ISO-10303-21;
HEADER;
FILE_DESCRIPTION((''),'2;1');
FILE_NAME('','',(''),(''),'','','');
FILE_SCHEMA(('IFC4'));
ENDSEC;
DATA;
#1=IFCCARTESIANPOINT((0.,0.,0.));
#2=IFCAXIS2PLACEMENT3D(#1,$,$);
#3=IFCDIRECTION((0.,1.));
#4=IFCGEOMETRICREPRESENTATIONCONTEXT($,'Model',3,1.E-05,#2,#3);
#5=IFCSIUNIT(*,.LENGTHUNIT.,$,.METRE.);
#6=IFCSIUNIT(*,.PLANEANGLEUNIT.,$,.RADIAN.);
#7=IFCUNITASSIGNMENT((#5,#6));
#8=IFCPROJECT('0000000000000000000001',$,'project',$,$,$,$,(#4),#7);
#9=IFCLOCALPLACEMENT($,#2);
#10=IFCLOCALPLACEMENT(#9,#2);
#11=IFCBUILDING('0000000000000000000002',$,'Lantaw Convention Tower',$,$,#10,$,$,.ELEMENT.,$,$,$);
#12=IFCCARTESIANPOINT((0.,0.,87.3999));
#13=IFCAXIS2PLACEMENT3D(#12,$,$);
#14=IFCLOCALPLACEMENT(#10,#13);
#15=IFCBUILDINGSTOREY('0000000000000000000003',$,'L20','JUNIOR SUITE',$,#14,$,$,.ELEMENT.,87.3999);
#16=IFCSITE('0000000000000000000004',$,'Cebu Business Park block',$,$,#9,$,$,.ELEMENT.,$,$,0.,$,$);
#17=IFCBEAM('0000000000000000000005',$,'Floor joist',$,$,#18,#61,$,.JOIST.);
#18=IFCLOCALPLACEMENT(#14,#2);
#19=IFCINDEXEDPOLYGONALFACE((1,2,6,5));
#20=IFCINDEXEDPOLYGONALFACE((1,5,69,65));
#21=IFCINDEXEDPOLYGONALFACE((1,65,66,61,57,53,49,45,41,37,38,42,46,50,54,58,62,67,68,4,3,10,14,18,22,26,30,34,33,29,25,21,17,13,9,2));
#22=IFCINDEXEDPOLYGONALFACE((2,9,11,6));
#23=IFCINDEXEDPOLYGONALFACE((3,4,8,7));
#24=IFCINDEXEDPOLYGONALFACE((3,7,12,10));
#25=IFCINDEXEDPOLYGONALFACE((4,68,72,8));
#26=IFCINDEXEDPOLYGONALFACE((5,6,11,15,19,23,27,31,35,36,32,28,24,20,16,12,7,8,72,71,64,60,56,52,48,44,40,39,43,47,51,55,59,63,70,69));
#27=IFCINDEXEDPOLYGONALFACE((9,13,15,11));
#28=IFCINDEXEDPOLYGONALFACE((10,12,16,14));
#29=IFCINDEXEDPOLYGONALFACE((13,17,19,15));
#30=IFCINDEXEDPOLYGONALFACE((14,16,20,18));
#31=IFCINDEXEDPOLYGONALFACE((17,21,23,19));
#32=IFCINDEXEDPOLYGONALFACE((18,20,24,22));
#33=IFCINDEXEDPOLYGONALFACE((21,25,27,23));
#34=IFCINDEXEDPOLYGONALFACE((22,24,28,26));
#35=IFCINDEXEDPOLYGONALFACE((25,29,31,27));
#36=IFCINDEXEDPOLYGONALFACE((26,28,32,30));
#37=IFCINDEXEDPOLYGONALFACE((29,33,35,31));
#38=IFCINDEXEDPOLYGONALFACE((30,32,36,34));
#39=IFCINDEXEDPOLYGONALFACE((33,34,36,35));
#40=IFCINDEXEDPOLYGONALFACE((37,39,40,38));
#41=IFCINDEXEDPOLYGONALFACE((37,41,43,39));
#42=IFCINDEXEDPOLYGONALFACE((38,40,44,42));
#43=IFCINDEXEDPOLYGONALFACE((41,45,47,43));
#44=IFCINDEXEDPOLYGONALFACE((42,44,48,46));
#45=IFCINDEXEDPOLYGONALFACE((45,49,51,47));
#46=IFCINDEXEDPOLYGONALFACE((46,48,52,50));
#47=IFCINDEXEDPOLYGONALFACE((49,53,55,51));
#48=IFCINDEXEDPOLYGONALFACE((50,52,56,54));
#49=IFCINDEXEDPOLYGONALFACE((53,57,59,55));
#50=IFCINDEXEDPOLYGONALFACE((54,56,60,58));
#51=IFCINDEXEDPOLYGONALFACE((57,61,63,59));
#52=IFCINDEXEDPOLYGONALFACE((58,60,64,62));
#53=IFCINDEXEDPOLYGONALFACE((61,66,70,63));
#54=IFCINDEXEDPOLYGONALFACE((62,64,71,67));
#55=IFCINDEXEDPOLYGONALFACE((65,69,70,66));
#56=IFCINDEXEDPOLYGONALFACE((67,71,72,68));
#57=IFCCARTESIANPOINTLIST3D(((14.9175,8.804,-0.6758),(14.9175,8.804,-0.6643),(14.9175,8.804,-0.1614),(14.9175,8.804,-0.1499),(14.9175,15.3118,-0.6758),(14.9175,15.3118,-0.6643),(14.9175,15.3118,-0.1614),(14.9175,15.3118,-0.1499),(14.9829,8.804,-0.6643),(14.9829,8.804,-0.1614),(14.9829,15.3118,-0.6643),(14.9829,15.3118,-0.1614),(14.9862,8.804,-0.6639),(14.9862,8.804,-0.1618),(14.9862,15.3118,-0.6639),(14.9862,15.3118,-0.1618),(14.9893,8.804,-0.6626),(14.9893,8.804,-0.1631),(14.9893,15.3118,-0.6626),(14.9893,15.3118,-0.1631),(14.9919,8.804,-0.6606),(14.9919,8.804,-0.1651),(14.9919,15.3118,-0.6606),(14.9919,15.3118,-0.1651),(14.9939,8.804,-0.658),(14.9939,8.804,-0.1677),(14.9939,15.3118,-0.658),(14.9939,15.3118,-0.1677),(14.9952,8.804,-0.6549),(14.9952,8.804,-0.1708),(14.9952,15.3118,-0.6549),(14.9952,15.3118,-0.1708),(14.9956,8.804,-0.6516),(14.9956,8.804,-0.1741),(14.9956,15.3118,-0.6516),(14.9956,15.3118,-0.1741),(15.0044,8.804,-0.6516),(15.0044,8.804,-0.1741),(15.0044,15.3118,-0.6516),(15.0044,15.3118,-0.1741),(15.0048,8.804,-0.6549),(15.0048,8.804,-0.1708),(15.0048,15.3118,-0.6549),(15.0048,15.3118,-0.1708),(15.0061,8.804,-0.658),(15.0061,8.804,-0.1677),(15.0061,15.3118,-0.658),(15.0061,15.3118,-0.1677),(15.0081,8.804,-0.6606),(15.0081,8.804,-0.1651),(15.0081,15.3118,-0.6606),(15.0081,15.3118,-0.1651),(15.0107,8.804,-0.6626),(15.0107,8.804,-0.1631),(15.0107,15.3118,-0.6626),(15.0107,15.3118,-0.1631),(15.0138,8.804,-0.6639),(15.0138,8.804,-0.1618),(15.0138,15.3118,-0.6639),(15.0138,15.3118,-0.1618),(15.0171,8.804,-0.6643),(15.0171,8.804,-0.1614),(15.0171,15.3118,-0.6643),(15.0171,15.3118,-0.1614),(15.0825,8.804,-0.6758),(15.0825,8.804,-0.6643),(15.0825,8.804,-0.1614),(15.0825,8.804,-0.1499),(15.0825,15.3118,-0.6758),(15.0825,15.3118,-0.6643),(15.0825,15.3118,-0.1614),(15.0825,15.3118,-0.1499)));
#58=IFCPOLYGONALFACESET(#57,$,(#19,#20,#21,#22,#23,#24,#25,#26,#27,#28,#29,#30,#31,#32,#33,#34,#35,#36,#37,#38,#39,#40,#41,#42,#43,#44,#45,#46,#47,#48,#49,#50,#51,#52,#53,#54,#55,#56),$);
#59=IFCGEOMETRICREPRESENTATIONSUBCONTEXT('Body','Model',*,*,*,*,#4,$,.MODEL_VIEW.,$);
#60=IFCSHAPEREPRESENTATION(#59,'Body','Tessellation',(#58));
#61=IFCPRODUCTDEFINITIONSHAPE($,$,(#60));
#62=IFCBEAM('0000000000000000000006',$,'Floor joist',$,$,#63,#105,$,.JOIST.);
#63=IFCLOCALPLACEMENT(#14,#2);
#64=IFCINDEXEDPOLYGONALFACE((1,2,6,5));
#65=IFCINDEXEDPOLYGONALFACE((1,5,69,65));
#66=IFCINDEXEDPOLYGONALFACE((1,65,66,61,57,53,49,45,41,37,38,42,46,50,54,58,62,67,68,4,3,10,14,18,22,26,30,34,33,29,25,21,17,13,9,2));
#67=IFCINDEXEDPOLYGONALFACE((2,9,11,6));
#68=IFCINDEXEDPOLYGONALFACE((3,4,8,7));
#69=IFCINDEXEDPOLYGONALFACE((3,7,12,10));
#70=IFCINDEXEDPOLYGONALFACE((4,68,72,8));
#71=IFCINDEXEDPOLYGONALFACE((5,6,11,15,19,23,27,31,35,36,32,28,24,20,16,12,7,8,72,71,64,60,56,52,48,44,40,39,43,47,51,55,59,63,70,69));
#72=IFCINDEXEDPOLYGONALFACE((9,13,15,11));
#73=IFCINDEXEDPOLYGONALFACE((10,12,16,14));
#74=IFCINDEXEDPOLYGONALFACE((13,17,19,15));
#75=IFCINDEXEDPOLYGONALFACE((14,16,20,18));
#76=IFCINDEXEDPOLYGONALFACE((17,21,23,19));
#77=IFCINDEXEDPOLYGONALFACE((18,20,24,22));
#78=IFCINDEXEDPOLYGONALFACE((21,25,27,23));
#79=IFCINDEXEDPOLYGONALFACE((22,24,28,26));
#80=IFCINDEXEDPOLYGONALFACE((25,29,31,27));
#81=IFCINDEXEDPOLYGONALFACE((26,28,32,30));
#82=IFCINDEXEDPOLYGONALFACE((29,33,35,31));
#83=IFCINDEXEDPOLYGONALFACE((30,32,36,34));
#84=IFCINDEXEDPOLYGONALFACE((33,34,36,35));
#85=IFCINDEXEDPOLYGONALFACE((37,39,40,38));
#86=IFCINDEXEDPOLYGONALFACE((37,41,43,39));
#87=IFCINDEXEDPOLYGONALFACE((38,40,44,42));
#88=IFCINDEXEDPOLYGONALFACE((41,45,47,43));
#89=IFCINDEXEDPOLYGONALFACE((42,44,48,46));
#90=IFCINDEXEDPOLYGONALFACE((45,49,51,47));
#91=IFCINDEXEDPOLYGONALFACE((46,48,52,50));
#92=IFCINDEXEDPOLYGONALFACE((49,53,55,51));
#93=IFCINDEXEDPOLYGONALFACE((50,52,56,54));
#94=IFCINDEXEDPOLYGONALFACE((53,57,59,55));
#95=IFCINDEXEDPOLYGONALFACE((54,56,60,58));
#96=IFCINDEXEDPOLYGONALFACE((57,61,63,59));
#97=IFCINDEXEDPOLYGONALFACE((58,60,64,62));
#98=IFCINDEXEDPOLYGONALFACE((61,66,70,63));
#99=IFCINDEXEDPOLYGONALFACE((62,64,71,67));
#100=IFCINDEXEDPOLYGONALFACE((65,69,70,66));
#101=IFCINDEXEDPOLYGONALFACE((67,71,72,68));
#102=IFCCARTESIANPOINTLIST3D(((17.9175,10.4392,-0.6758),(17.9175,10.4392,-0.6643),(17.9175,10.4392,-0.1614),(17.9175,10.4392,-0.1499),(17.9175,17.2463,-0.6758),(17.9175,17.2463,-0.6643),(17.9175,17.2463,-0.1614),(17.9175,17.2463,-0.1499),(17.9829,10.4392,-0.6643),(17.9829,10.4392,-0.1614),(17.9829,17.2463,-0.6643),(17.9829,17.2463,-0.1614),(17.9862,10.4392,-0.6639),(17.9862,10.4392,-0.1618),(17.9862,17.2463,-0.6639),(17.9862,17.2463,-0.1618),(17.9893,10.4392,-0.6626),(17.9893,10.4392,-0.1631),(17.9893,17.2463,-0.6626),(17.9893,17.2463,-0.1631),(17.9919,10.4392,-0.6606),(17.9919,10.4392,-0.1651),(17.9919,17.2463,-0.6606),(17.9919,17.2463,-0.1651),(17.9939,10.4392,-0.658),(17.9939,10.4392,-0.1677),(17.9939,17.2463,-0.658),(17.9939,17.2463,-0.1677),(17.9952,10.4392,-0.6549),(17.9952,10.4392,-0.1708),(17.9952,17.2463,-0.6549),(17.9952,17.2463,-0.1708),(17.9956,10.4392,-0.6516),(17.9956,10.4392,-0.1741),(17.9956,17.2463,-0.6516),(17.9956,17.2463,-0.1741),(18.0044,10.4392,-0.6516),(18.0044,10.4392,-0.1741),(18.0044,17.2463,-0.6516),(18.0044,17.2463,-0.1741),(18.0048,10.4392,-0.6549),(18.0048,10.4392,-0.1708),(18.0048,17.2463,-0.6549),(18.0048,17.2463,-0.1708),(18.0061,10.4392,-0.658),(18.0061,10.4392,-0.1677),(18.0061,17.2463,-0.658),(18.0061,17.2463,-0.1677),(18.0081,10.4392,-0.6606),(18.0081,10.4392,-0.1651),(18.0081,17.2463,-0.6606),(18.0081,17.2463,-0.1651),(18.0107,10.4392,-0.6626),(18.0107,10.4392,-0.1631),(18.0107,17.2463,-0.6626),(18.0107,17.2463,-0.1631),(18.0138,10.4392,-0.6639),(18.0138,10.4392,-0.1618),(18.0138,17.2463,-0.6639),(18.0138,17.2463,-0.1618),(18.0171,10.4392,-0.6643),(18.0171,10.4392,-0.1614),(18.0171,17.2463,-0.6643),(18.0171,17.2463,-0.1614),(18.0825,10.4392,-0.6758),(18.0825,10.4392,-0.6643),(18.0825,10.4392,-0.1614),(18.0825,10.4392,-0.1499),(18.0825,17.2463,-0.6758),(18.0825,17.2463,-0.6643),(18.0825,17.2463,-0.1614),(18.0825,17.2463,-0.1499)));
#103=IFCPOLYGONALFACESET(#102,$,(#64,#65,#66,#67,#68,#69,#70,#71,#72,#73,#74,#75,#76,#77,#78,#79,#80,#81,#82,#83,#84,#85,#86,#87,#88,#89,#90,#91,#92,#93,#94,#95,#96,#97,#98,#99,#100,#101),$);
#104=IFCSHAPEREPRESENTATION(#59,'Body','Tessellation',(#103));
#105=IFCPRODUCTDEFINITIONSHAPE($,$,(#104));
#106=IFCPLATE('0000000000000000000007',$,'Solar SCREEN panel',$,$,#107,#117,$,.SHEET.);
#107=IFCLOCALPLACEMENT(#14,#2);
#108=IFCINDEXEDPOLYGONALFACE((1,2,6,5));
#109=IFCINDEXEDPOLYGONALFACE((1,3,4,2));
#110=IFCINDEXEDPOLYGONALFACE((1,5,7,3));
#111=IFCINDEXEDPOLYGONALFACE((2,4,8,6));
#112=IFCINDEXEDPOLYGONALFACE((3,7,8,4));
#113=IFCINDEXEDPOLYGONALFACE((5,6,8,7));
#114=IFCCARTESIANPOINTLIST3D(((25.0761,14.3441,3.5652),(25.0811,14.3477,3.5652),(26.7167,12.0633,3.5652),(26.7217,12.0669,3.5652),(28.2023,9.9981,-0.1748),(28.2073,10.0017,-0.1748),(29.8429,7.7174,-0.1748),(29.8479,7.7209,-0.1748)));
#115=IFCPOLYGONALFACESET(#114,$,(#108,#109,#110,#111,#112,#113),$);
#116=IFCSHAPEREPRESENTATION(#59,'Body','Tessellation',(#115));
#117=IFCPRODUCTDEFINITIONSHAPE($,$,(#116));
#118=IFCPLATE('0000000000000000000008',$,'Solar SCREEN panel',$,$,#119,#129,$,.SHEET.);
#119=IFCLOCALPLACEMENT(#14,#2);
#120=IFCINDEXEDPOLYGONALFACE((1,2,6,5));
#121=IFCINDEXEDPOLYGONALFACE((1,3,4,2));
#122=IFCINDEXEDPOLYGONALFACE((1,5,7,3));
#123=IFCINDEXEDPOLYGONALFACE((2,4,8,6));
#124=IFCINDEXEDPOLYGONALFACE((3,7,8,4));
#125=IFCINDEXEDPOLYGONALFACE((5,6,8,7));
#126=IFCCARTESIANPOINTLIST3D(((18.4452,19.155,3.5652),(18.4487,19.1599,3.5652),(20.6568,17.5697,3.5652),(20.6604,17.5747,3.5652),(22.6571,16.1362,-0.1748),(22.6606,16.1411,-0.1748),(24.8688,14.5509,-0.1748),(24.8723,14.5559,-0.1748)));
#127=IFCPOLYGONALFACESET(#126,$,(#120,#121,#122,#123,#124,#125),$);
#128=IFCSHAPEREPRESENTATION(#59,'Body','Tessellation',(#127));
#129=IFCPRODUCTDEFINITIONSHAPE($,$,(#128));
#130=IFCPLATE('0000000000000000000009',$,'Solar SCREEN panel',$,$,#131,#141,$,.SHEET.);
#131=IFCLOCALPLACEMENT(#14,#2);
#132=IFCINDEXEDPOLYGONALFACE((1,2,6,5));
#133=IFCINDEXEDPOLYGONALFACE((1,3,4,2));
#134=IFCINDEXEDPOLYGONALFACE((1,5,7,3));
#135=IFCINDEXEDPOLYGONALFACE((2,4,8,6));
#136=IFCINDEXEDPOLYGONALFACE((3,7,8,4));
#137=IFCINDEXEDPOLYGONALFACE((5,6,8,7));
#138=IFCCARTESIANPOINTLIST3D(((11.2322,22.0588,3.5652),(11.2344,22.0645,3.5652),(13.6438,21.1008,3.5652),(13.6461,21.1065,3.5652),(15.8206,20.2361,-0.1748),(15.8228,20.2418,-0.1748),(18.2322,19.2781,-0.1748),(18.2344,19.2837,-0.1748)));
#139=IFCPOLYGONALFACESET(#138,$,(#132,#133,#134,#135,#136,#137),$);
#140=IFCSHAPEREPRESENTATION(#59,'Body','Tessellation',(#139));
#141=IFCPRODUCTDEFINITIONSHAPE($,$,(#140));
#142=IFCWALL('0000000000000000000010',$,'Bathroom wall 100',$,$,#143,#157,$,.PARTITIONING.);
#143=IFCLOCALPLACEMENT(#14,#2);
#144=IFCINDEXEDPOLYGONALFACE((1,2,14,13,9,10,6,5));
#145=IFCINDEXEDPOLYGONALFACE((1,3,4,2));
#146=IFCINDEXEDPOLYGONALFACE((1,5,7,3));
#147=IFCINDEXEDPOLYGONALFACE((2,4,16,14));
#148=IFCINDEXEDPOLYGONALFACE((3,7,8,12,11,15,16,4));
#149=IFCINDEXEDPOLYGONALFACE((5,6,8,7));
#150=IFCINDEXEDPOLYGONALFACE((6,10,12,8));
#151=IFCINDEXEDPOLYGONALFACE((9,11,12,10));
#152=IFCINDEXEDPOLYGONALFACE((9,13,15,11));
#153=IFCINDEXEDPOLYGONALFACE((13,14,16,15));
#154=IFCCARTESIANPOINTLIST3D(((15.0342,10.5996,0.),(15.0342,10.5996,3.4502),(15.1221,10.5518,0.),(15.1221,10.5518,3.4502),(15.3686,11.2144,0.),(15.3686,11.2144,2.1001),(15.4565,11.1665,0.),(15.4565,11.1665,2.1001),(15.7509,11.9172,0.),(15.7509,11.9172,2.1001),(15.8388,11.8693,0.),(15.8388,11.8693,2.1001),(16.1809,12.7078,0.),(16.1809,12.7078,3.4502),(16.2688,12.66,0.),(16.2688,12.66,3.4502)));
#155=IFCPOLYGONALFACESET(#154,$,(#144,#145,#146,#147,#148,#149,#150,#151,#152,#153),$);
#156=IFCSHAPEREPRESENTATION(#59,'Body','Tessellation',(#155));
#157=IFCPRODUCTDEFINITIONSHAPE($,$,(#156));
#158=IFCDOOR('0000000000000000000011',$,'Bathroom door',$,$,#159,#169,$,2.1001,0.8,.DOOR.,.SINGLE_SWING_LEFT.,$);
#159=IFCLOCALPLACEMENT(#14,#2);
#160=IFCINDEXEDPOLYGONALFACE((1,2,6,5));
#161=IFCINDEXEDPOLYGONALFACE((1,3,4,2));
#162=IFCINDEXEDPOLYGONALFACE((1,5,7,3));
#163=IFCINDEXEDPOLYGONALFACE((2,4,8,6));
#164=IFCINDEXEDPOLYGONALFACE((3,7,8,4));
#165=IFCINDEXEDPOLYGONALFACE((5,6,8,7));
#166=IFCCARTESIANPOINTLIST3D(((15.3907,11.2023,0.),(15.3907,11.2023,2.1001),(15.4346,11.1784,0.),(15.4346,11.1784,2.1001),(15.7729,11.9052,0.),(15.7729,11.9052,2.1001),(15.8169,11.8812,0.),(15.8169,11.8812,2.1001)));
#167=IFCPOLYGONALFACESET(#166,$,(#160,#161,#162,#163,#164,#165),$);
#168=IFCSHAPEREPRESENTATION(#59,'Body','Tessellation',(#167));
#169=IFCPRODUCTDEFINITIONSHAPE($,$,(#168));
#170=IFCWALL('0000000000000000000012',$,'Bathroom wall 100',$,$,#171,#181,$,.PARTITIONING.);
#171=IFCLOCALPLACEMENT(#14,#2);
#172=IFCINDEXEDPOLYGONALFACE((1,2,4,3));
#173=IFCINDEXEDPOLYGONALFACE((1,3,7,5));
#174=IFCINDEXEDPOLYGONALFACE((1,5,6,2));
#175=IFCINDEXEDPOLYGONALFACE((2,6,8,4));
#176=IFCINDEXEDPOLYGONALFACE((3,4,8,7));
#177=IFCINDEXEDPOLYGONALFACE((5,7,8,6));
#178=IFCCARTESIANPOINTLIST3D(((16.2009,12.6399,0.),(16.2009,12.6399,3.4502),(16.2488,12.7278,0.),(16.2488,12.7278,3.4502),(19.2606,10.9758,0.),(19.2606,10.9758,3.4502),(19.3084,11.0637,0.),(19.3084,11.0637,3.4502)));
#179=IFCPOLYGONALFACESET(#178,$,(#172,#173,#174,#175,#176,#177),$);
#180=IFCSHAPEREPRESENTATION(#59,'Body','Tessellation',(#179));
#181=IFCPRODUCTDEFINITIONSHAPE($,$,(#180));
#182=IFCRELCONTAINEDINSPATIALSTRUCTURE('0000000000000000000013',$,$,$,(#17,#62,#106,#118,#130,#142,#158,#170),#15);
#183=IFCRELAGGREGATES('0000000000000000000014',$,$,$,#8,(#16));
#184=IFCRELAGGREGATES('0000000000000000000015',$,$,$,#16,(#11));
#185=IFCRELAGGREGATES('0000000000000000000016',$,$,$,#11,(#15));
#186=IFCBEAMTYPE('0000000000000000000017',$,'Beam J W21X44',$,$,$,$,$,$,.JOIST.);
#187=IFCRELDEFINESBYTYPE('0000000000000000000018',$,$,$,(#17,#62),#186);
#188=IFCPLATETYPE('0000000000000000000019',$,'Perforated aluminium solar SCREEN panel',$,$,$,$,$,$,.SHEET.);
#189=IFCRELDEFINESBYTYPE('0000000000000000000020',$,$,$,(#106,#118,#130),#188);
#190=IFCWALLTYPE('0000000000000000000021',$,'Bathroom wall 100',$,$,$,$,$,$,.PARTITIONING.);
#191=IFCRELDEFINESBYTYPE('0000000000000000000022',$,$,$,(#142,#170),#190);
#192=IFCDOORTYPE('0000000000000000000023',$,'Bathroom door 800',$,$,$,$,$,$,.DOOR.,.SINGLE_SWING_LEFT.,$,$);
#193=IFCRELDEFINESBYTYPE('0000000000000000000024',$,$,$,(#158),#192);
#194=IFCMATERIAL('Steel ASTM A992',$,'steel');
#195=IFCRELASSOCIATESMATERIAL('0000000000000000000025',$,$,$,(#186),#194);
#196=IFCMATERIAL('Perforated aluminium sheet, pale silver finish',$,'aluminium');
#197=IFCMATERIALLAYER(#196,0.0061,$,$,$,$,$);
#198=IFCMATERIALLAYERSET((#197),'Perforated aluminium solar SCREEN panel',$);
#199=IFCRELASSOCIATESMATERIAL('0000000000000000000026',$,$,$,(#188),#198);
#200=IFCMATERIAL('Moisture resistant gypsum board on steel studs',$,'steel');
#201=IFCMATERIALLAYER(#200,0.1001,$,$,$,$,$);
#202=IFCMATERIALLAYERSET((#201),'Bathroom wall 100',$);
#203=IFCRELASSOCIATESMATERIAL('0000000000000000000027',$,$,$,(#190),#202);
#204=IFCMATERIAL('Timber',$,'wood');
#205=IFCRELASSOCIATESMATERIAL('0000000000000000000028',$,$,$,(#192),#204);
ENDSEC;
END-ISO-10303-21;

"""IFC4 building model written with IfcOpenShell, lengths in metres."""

from ifc_helpers import new_model, si_unit, direction, frame, frame_2d, origin, origin_2d, place, context, subcontext, project, spatial, polyline, rectangle, i_section, outline, extrude, material, layer, layer_set, material_profile, profile_set, type_object, element, fill, save


model = new_model("IFC4")

# Units and contexts
model_context = context("Model", 3, precision=1e-05, world=origin(), true_north=direction((0.0, 1.0)))
body_context = subcontext(model_context, "Body", "Model", "MODEL_VIEW")
ifc_project = project(units=[si_unit("LENGTHUNIT", "METRE"), si_unit("PLANEANGLEUNIT", "RADIAN")], contexts=[model_context])

# Site, building, storey
site_placement = place(None, origin())
site = spatial("IfcSite", under=ifc_project, at=site_placement, Name="Cebu Business Park block", CompositionType="ELEMENT", RefElevation=0.0)
building_placement = place(site_placement, origin())
building = spatial("IfcBuilding", under=site, at=building_placement, Name="Lantaw Convention Tower", CompositionType="ELEMENT")
storey_placement = place(building_placement, frame((0.0, 0.0, 87.3999)))
storey = spatial("IfcBuildingStorey", under=building, at=storey_placement, Name="L20", Description="JUNIOR SUITE", CompositionType="ELEMENT", Elevation=87.3999)

# Beams
ifc_material_1 = material(Name="Steel ASTM A992", Category="steel")
ifc_material_profile_1 = material_profile(ifc_material_1, i_section(OverallWidth=0.165, OverallDepth=0.5259, WebThickness=0.0088, FlangeThickness=0.0115, FilletRadius=0.0127, at=origin_2d()), Name="W21X44")
ifc_profile_set_1 = profile_set([ifc_material_profile_1], Name="Steel ASTM A992")
beam_type_1 = type_object("IfcBeamType", Name="Beam J W21X44", PredefinedType="JOIST", material=ifc_profile_set_1)
beam_1_placement = place(storey_placement, frame((15.0, 8.804, -0.4128), z_axis=(0.0, 1.0, 0.0), x_axis=(-1.0, 0.0, 0.0)))
element("IfcBeam", 1, at=beam_1_placement, inside=storey, type_object=beam_type_1, Name="Floor joist", PredefinedType="JOIST", context=body_context, shape_type="SweptSolid", body=[
    extrude(i_section(OverallWidth=0.165, OverallDepth=0.5259, WebThickness=0.0088, FlangeThickness=0.0115, FilletRadius=0.0127, at=origin_2d()), origin(), (0.0, 0.0, 1.0), 6.5078),
])
beam_2_placement = place(storey_placement, frame((18.0, 10.4392, -0.4128), z_axis=(0.0, 1.0, 0.0), x_axis=(-1.0, 0.0, 0.0)))
element("IfcBeam", 2, at=beam_2_placement, inside=storey, type_object=beam_type_1, Name="Floor joist", PredefinedType="JOIST", context=body_context, shape_type="SweptSolid", body=[
    extrude(i_section(OverallWidth=0.165, OverallDepth=0.5259, WebThickness=0.0088, FlangeThickness=0.0115, FilletRadius=0.0127, at=origin_2d()), origin(), (0.0, 0.0, 1.0), 6.8071),
])

# Plates
ifc_material_2 = material(Name="Perforated aluminium sheet, pale silver finish", Category="aluminium")
ifc_layer_1 = layer(ifc_material_2, 0.0061)
ifc_layer_set_1 = layer_set([ifc_layer_1], Name="Perforated aluminium solar SCREEN panel")
plate_type = type_object("IfcPlateType", Name="Perforated aluminium solar SCREEN panel", PredefinedType="SHEET", material=ifc_layer_set_1)
plate_1_placement = place(storey_placement, frame((29.8479, 7.7209, -0.1748), z_axis=(0.811791, 0.583948, 0.000009), x_axis=(-0.583948, 0.811791, 0.0)))
element("IfcPlate", 3, at=plate_1_placement, inside=storey, type_object=plate_type, Name="Solar SCREEN panel", PredefinedType="SHEET", context=body_context, shape_type="SweptSolid", body=[
    extrude(outline(polyline([(0.0, 0.0), (2.8095, 0.0), (8.1631, 3.74), (5.3536, 3.74), (0.0, 0.0)])), origin(), (0.0, 0.0, -1.0), 0.0061),
])
plate_2_placement = place(storey_placement, frame((24.8723, 14.5559, -0.1748), z_axis=(0.582561, 0.812787, 0.000016), x_axis=(-0.812787, 0.582561, 0.0)))
element("IfcPlate", 4, at=plate_2_placement, inside=storey, type_object=plate_type, Name="Solar SCREEN panel", PredefinedType="SHEET", context=body_context, shape_type="SweptSolid", body=[
    extrude(outline(polyline([(0.0, 0.0), (2.7211, 0.0), (7.9031, 3.74), (5.182, 3.74), (0.0, 0.0)])), origin(), (0.0, 0.0, -1.0), 0.0061),
])
plate_3_placement = place(storey_placement, frame((18.2322, 19.2781, -0.1748), z_axis=(-0.369184, -0.929357, 0.000009), x_axis=(-0.929357, 0.369184, 0.0)))
element("IfcPlate", 5, at=plate_3_placement, inside=storey, type_object=plate_type, Name="Solar SCREEN panel", PredefinedType="SHEET", context=body_context, shape_type="SweptSolid", body=[
    extrude(outline(polyline([(0.0, 0.0), (2.5949, 0.0), (7.5321, -3.74), (4.9372, -3.74), (0.0, 0.0)])), origin(), (0.0, 0.0, -1.0), 0.0061),
])

# Wall, opening, door
ifc_material_3 = material(Name="Moisture resistant gypsum board on steel studs", Category="steel")
ifc_layer_2 = layer(ifc_material_3, 0.1001)
ifc_layer_set_2 = layer_set([ifc_layer_2], Name="Bathroom wall 100")
wall_type_1 = type_object("IfcWallType", Name="Bathroom wall 100", PredefinedType="PARTITIONING", material=ifc_layer_set_2)
wall_1_placement = place(storey_placement, frame((15.0781, 10.5757, 0.0), z_axis=(0.0, 0.0, 1.0), x_axis=(0.477833, 0.878451, 0.0)))
wall_1 = element("IfcWall", 6, at=wall_1_placement, inside=storey, type_object=wall_type_1, Name="Bathroom wall 100", PredefinedType="PARTITIONING", context=body_context, shape_type="SweptSolid", body=[
    extrude(rectangle(XDim=2.3999, YDim=0.1001, at=frame_2d((1.2, 0.0))), origin(), (0.0, 0.0, 1.0), 3.4502),
])
opening_1_placement = place(wall_1_placement, frame((0.7, 0.0, 0.0)))
opening_1 = element("IfcOpeningElement", 7, at=opening_1_placement, cuts=wall_1, PredefinedType="OPENING", context=body_context, shape_type="SweptSolid", body=[
    extrude(rectangle(XDim=0.8, YDim=2.1001, at=frame_2d((0.3999, 1.05))), frame((0.0, 0.0601, 0.0), z_axis=(0.0, -1.0, 0.0), x_axis=(1.0, 0.0, 0.0)), (0.0, 0.0, 1.0), 0.1201),
])
ifc_material_4 = material(Name="Timber", Category="wood")
door_type = type_object("IfcDoorType", Name="Bathroom door 800", OperationType="SINGLE_SWING_LEFT", PredefinedType="DOOR", material=ifc_material_4)
door_placement = place(opening_1_placement, origin())
door = element("IfcDoor", 8, at=door_placement, inside=storey, type_object=door_type, Name="Bathroom door", OperationType="SINGLE_SWING_LEFT", OverallHeight=2.1001, OverallWidth=0.8, PredefinedType="DOOR", context=body_context, shape_type="SweptSolid", body=[
    extrude(rectangle(XDim=0.8, YDim=2.1001, at=frame_2d((0.3999, 1.05))), frame((0.0, 0.0249, 0.0), z_axis=(0.0, -1.0, 0.0), x_axis=(1.0, 0.0, 0.0)), (0.0, 0.0, 1.0), 0.05),
])
fill(opening_1, door)

# Wall
wall_2_placement = place(storey_placement, frame((16.2249, 12.6838, 0.0), z_axis=(0.0, 0.0, 1.0), x_axis=(0.878474, -0.477791, 0.0)))
element("IfcWall", 9, at=wall_2_placement, inside=storey, type_object=wall_type_1, Name="Bathroom wall 100", PredefinedType="PARTITIONING", context=body_context, shape_type="SweptSolid", body=[
    extrude(rectangle(XDim=3.4829, YDim=0.1001, at=frame_2d((1.7415, 0.0))), origin(), (0.0, 0.0, 1.0), 3.4502),
])

save(model, "model.ifc")
